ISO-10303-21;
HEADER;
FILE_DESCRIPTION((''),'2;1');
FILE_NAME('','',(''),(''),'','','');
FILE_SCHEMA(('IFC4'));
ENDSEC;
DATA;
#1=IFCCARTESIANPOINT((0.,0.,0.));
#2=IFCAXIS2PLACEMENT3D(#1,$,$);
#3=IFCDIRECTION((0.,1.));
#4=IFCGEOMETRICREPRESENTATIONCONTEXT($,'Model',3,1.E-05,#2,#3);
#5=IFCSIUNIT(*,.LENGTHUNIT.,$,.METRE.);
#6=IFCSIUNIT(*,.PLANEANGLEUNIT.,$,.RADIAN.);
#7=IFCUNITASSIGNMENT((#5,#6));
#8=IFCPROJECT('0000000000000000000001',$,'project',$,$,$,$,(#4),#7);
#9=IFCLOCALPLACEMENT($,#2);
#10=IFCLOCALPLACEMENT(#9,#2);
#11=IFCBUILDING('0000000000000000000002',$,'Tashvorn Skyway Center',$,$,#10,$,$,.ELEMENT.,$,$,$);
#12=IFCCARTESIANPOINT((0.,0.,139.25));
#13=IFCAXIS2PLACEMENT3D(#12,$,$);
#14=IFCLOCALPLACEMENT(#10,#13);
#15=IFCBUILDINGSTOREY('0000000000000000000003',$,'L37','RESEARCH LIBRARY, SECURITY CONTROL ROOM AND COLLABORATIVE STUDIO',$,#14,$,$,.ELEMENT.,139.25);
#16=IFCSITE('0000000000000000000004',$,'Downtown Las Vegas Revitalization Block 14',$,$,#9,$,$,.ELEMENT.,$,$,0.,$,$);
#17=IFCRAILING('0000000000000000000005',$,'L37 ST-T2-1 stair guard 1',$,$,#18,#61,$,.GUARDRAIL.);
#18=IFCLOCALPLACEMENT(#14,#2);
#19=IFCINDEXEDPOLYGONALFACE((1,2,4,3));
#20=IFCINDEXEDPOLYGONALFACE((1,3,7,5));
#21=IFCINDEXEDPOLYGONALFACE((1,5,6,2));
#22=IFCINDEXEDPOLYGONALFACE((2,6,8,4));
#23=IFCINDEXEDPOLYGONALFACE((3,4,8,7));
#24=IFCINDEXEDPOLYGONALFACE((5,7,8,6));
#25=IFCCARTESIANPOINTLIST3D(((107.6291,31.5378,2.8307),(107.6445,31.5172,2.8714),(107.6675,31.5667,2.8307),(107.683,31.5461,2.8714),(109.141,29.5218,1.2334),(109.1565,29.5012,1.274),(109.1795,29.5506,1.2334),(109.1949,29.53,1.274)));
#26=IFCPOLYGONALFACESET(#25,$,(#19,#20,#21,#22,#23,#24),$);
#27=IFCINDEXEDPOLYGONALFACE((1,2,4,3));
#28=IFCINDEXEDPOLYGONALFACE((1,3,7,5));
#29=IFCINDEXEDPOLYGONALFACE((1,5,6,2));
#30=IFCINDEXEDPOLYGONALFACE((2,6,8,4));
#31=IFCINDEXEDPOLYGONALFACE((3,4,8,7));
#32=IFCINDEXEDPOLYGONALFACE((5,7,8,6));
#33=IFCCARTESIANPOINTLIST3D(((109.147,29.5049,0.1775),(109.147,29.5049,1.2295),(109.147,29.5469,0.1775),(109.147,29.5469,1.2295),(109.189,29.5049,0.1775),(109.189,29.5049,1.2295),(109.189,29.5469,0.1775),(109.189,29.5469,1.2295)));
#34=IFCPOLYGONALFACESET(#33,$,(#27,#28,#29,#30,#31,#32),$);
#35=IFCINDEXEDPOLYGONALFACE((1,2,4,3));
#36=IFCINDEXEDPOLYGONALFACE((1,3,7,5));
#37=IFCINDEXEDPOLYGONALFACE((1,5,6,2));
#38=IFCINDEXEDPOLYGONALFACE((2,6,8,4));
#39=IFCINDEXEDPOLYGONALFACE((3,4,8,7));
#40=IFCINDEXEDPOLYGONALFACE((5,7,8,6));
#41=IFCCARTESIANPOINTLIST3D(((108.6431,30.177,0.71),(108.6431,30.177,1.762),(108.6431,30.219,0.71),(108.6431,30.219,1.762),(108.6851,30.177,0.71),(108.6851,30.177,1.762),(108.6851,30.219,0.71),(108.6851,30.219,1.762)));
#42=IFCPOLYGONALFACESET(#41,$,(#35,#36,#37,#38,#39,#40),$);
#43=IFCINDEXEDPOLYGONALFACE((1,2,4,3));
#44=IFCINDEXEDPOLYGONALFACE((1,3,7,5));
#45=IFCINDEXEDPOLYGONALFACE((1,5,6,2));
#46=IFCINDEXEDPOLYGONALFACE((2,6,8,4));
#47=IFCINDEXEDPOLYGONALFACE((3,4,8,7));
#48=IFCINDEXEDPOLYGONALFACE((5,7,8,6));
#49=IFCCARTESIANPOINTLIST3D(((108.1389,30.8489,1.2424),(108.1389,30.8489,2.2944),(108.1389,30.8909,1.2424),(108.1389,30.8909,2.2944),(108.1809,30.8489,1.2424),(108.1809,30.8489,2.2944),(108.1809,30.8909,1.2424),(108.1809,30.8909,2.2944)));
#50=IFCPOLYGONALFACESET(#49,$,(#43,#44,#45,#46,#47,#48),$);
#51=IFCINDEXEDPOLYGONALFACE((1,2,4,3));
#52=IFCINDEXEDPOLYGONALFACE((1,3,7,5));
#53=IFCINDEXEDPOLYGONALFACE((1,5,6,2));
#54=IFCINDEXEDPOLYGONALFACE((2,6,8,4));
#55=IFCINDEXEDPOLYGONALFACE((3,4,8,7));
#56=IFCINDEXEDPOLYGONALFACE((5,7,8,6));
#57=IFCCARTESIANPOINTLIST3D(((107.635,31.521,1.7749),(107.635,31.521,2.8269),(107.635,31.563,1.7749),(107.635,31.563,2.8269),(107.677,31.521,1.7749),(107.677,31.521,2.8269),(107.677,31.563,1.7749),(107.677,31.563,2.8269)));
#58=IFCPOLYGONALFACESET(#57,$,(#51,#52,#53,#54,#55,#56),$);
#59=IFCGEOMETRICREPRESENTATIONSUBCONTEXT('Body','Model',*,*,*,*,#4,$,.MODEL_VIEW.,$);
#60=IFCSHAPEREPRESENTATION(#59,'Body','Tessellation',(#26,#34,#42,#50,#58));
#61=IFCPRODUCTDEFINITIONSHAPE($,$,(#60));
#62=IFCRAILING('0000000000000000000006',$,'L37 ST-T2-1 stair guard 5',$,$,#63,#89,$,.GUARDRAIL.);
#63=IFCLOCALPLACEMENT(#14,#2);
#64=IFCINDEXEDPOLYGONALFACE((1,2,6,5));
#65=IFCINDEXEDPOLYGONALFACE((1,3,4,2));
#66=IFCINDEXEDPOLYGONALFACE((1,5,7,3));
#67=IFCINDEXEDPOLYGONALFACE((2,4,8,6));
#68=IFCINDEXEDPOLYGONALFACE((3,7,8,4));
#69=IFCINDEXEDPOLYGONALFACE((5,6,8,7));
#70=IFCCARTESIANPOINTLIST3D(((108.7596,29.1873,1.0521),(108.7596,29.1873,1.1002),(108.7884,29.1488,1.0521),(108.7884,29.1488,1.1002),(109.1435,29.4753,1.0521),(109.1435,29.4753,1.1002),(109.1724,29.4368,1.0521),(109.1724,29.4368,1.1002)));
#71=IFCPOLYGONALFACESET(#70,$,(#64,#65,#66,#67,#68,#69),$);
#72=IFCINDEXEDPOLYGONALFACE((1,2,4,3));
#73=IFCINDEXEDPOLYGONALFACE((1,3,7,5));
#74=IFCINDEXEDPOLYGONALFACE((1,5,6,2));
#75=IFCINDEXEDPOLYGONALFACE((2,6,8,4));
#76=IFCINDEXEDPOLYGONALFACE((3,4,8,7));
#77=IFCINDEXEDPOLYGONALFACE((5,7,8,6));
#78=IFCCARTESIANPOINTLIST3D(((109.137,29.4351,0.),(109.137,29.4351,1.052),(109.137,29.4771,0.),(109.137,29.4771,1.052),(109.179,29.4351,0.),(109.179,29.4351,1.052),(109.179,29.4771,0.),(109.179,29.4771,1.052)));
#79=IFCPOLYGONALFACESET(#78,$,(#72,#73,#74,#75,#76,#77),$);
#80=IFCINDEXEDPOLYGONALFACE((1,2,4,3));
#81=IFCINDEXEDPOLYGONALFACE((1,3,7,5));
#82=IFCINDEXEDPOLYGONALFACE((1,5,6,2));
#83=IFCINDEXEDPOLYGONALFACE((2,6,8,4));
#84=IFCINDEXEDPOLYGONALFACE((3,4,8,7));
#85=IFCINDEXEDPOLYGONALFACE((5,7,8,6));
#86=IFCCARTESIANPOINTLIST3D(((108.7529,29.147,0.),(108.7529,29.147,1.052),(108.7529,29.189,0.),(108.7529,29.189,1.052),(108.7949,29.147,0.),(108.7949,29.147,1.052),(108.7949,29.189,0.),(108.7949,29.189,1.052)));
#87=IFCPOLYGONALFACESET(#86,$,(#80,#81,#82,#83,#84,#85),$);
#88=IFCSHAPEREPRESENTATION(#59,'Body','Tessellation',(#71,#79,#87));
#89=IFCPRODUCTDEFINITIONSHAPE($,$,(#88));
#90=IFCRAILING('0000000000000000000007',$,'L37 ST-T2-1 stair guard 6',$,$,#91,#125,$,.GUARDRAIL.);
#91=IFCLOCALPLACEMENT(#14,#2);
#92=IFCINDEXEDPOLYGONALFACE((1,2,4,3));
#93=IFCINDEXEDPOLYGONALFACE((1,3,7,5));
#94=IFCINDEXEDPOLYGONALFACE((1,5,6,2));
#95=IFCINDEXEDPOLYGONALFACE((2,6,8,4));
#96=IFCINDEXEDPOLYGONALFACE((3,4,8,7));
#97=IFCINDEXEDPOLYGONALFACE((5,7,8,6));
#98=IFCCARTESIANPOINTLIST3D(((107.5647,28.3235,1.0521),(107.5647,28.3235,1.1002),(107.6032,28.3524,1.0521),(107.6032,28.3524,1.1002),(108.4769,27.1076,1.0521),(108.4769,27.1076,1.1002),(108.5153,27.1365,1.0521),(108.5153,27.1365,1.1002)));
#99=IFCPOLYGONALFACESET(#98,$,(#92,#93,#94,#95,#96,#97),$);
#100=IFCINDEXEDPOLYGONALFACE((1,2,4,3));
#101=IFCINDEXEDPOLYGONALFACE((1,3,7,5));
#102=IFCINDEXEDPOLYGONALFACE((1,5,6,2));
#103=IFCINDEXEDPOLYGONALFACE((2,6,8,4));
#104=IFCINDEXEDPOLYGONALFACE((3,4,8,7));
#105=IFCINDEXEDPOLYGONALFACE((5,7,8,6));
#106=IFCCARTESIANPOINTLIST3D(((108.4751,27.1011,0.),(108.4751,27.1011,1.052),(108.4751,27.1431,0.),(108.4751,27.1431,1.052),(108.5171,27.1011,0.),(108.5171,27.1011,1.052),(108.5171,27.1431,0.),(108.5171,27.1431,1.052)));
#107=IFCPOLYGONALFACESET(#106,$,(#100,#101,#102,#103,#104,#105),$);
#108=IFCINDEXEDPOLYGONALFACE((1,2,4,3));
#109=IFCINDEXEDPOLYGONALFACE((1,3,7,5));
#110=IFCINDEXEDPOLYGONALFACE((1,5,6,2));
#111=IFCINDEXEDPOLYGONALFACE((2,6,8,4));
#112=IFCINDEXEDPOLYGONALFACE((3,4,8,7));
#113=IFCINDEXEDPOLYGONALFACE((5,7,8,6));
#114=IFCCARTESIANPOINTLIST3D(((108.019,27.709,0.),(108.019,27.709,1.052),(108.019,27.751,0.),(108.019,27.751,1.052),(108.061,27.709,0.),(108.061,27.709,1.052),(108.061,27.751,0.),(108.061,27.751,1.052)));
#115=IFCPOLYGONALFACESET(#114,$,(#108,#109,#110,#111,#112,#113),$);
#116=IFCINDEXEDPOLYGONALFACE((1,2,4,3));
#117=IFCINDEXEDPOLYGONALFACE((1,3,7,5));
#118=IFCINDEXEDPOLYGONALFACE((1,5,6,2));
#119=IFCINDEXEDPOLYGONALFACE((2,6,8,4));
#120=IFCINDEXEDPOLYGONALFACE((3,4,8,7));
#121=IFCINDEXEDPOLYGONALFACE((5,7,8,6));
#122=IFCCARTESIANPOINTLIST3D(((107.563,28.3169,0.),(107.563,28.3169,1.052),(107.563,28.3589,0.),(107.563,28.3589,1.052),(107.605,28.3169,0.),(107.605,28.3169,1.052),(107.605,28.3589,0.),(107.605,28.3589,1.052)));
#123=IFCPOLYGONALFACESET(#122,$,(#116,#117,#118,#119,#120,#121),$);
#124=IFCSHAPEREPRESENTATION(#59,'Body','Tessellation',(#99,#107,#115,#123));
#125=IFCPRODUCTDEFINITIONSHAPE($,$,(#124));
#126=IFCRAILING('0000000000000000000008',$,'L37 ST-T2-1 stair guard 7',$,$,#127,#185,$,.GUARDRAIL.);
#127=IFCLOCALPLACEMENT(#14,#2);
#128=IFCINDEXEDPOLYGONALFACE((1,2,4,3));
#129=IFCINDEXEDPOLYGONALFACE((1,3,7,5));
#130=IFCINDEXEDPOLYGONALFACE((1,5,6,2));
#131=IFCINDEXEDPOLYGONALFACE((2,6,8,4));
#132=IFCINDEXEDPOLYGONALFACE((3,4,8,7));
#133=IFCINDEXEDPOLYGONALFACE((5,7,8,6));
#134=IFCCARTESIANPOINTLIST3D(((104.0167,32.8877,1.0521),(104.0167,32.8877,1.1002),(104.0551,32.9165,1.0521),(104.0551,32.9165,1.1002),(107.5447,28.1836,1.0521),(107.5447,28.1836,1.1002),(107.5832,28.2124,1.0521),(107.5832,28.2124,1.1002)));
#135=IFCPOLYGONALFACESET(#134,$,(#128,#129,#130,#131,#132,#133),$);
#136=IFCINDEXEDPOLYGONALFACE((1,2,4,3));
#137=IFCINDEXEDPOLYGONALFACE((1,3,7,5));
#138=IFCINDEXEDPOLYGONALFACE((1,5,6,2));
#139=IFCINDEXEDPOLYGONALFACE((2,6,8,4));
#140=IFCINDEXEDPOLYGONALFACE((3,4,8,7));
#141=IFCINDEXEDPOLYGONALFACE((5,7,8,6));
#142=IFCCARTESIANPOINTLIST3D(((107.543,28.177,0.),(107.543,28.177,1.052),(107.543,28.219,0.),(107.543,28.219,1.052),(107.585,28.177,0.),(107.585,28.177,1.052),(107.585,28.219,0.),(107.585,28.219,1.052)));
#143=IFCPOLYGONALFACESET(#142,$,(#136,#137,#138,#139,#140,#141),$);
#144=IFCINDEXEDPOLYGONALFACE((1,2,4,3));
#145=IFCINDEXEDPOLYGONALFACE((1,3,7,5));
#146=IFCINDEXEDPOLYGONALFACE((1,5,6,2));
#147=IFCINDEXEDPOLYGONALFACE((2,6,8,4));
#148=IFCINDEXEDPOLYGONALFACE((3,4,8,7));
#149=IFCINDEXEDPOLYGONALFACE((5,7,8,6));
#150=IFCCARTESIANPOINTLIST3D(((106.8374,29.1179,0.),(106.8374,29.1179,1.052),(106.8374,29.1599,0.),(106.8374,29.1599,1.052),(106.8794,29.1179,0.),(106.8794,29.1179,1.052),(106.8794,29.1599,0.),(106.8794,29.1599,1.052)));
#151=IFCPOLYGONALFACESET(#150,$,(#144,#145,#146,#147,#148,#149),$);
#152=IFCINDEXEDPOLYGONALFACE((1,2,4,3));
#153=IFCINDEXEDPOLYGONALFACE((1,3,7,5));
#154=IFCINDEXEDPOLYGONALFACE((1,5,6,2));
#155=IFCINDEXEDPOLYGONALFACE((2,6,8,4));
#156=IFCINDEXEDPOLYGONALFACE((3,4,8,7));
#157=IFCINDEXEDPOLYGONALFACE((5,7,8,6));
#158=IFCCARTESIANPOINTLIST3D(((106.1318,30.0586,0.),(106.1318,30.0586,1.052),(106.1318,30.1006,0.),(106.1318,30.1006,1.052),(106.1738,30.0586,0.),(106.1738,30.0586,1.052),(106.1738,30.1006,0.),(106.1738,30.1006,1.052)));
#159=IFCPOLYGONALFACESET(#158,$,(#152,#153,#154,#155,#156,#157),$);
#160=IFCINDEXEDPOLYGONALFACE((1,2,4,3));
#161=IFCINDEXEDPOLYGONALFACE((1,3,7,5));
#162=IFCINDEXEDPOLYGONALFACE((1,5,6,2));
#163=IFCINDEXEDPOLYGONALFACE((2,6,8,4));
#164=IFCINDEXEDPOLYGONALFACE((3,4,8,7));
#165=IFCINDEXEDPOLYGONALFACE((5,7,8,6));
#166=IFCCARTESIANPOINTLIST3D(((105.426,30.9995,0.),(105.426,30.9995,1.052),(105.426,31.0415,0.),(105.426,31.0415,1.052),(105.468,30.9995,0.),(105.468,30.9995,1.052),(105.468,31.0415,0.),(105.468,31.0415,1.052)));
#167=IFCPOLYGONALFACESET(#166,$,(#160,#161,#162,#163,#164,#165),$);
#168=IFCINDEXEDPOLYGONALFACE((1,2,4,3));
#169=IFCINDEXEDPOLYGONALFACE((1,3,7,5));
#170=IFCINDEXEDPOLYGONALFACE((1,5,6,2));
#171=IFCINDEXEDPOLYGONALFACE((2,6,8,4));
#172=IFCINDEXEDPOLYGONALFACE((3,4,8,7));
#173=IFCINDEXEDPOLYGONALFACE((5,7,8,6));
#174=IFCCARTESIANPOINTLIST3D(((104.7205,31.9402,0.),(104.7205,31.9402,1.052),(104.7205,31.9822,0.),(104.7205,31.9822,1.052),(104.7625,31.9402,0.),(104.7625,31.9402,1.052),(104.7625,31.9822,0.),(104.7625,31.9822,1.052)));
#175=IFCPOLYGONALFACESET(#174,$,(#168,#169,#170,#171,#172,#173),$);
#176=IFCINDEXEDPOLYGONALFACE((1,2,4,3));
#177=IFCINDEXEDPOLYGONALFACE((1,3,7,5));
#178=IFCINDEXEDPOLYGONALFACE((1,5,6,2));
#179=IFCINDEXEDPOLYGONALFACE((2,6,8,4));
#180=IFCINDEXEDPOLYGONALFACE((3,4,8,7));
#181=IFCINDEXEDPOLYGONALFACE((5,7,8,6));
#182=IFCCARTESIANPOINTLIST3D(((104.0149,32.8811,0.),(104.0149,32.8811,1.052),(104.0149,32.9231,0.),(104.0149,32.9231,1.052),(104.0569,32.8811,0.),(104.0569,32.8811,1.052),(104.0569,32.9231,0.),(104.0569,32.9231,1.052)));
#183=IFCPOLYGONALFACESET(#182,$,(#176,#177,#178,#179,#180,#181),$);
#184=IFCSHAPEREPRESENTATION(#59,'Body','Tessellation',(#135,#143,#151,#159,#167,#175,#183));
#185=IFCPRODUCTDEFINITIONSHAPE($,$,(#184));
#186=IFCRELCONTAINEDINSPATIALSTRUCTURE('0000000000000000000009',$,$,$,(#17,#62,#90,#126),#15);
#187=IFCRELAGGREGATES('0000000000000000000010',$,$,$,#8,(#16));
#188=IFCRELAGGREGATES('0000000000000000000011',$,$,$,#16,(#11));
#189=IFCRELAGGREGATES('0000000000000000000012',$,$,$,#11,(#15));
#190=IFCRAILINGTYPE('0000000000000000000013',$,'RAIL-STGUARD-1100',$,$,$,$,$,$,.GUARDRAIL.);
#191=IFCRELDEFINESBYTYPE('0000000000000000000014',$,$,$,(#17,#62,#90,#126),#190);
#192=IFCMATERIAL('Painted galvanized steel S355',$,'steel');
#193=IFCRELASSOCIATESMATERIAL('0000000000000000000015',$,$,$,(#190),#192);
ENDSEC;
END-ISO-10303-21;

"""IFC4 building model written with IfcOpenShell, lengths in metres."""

from ifc_helpers import new_model, si_unit, direction, frame, origin, origin_2d, place, context, subcontext, project, spatial, rectangle, extrude, material, type_object, element, save


model = new_model("IFC4")

# Units and contexts
model_context = context("Model", 3, precision=1e-05, world=origin(), true_north=direction((0.0, 1.0)))
body_context = subcontext(model_context, "Body", "Model", "MODEL_VIEW")
ifc_project = project(units=[si_unit("LENGTHUNIT", "METRE"), si_unit("PLANEANGLEUNIT", "RADIAN")], contexts=[model_context])

# Site, building, storey
site_placement = place(None, origin())
site = spatial("IfcSite", under=ifc_project, at=site_placement, Name="Downtown Las Vegas Revitalization Block 14", CompositionType="ELEMENT", RefElevation=0.0)
building_placement = place(site_placement, origin())
building = spatial("IfcBuilding", under=site, at=building_placement, Name="Tashvorn Skyway Center", CompositionType="ELEMENT")
storey_placement = place(building_placement, frame((0.0, 0.0, 139.25)))
storey = spatial("IfcBuildingStorey", under=building, at=storey_placement, Name="L37", Description="RESEARCH LIBRARY, SECURITY CONTROL ROOM AND COLLABORATIVE STUDIO", CompositionType="ELEMENT", Elevation=139.25)

# Railings
ifc_material_1 = material(Name="Painted galvanized steel S355", Category="steel")
railing_type = type_object("IfcRailingType", Name="RAIL-STGUARD-1100", PredefinedType="GUARDRAIL", material=ifc_material_1)
railing_1_placement = place(storey_placement, frame((109.168, 29.5259, 0.1775)))
element("IfcRailing", 1, at=railing_1_placement, inside=storey, type_object=railing_type, Name="L37 ST-T2-1 stair guard 1", PredefinedType="GUARDRAIL", context=body_context, shape_type="SweptSolid", body=[
    extrude(rectangle(XDim=0.0481, YDim=0.0481, at=origin_2d()), frame((0.0, 0.0, 1.0762), z_axis=(-0.506741, 0.675709, 0.535379), x_axis=(-0.800023, -0.599969, 0.0)), (0.0, 0.0, 1.0), 2.9836),
    extrude(rectangle(XDim=0.042, YDim=0.042, at=origin_2d()), origin(), (0.0, 0.0, 1.0), 1.052),
    extrude(rectangle(XDim=0.042, YDim=0.042, at=origin_2d()), frame((-0.5039, 0.6721, 0.5325)), (0.0, 0.0, 1.0), 1.052),
    extrude(rectangle(XDim=0.042, YDim=0.042, at=origin_2d()), frame((-1.0081, 1.344, 1.0649)), (0.0, 0.0, 1.0), 1.052),
    extrude(rectangle(XDim=0.042, YDim=0.042, at=origin_2d()), frame((-1.512, 2.0161, 1.5974)), (0.0, 0.0, 1.0), 1.052),
])
railing_2_placement = place(storey_placement, frame((109.158, 29.4561, 0.0)))
element("IfcRailing", 2, at=railing_2_placement, inside=storey, type_object=railing_type, Name="L37 ST-T2-1 stair guard 5", PredefinedType="GUARDRAIL", context=body_context, shape_type="SweptSolid", body=[
    extrude(rectangle(XDim=0.0481, YDim=0.0481, at=origin_2d()), frame((0.0, 0.0, 1.0762), z_axis=(-0.799939, -0.600081, 0.0), x_axis=(0.600081, -0.799939, 0.0)), (0.0, 0.0, 1.0), 0.48),
    extrude(rectangle(XDim=0.042, YDim=0.042, at=origin_2d()), origin(), (0.0, 0.0, 1.0), 1.052),
    extrude(rectangle(XDim=0.042, YDim=0.042, at=origin_2d()), frame((-0.384, -0.2881, 0.0)), (0.0, 0.0, 1.0), 1.052),
])
railing_3_placement = place(storey_placement, frame((108.4961, 27.1221, 0.0)))
element("IfcRailing", 3, at=railing_3_placement, inside=storey, type_object=railing_type, Name="L37 ST-T2-1 stair guard 6", PredefinedType="GUARDRAIL", context=body_context, shape_type="SweptSolid", body=[
    extrude(rectangle(XDim=0.0481, YDim=0.0481, at=origin_2d()), frame((0.0, 0.0, 1.0762), z_axis=(-0.600103, 0.799923, 0.0), x_axis=(-0.799923, -0.600103, 0.0)), (0.0, 0.0, 1.0), 1.52),
    extrude(rectangle(XDim=0.042, YDim=0.042, at=origin_2d()), origin(), (0.0, 0.0, 1.0), 1.052),
    extrude(rectangle(XDim=0.042, YDim=0.042, at=origin_2d()), frame((-0.4561, 0.6079, 0.0)), (0.0, 0.0, 1.0), 1.052),
    extrude(rectangle(XDim=0.042, YDim=0.042, at=origin_2d()), frame((-0.9121, 1.2158, 0.0)), (0.0, 0.0, 1.0), 1.052),
])
railing_4_placement = place(storey_placement, frame((107.564, 28.198, 0.0)))
element("IfcRailing", 4, at=railing_4_placement, inside=storey, type_object=railing_type, Name="L37 ST-T2-1 stair guard 7", PredefinedType="GUARDRAIL", context=body_context, shape_type="SweptSolid", body=[
    extrude(rectangle(XDim=0.0481, YDim=0.0481, at=origin_2d()), frame((0.0, 0.0, 1.0762), z_axis=(-0.6, 0.8, 0.0), x_axis=(-0.8, -0.6, 0.0)), (0.0, 0.0, 1.0), 5.8801),
    extrude(rectangle(XDim=0.042, YDim=0.042, at=origin_2d()), origin(), (0.0, 0.0, 1.0), 1.052),
    extrude(rectangle(XDim=0.042, YDim=0.042, at=origin_2d()), frame((-0.7056, 0.9409, 0.0)), (0.0, 0.0, 1.0), 1.052),
    extrude(rectangle(XDim=0.042, YDim=0.042, at=origin_2d()), frame((-1.4111, 1.8816, 0.0)), (0.0, 0.0, 1.0), 1.052),
    extrude(rectangle(XDim=0.042, YDim=0.042, at=origin_2d()), frame((-2.1169, 2.8225, 0.0)), (0.0, 0.0, 1.0), 1.052),
    extrude(rectangle(XDim=0.042, YDim=0.042, at=origin_2d()), frame((-2.8225, 3.7632, 0.0)), (0.0, 0.0, 1.0), 1.052),
    extrude(rectangle(XDim=0.042, YDim=0.042, at=origin_2d()), frame((-3.5281, 4.7041, 0.0)), (0.0, 0.0, 1.0), 1.052),
])

save(model, "model.ifc")
